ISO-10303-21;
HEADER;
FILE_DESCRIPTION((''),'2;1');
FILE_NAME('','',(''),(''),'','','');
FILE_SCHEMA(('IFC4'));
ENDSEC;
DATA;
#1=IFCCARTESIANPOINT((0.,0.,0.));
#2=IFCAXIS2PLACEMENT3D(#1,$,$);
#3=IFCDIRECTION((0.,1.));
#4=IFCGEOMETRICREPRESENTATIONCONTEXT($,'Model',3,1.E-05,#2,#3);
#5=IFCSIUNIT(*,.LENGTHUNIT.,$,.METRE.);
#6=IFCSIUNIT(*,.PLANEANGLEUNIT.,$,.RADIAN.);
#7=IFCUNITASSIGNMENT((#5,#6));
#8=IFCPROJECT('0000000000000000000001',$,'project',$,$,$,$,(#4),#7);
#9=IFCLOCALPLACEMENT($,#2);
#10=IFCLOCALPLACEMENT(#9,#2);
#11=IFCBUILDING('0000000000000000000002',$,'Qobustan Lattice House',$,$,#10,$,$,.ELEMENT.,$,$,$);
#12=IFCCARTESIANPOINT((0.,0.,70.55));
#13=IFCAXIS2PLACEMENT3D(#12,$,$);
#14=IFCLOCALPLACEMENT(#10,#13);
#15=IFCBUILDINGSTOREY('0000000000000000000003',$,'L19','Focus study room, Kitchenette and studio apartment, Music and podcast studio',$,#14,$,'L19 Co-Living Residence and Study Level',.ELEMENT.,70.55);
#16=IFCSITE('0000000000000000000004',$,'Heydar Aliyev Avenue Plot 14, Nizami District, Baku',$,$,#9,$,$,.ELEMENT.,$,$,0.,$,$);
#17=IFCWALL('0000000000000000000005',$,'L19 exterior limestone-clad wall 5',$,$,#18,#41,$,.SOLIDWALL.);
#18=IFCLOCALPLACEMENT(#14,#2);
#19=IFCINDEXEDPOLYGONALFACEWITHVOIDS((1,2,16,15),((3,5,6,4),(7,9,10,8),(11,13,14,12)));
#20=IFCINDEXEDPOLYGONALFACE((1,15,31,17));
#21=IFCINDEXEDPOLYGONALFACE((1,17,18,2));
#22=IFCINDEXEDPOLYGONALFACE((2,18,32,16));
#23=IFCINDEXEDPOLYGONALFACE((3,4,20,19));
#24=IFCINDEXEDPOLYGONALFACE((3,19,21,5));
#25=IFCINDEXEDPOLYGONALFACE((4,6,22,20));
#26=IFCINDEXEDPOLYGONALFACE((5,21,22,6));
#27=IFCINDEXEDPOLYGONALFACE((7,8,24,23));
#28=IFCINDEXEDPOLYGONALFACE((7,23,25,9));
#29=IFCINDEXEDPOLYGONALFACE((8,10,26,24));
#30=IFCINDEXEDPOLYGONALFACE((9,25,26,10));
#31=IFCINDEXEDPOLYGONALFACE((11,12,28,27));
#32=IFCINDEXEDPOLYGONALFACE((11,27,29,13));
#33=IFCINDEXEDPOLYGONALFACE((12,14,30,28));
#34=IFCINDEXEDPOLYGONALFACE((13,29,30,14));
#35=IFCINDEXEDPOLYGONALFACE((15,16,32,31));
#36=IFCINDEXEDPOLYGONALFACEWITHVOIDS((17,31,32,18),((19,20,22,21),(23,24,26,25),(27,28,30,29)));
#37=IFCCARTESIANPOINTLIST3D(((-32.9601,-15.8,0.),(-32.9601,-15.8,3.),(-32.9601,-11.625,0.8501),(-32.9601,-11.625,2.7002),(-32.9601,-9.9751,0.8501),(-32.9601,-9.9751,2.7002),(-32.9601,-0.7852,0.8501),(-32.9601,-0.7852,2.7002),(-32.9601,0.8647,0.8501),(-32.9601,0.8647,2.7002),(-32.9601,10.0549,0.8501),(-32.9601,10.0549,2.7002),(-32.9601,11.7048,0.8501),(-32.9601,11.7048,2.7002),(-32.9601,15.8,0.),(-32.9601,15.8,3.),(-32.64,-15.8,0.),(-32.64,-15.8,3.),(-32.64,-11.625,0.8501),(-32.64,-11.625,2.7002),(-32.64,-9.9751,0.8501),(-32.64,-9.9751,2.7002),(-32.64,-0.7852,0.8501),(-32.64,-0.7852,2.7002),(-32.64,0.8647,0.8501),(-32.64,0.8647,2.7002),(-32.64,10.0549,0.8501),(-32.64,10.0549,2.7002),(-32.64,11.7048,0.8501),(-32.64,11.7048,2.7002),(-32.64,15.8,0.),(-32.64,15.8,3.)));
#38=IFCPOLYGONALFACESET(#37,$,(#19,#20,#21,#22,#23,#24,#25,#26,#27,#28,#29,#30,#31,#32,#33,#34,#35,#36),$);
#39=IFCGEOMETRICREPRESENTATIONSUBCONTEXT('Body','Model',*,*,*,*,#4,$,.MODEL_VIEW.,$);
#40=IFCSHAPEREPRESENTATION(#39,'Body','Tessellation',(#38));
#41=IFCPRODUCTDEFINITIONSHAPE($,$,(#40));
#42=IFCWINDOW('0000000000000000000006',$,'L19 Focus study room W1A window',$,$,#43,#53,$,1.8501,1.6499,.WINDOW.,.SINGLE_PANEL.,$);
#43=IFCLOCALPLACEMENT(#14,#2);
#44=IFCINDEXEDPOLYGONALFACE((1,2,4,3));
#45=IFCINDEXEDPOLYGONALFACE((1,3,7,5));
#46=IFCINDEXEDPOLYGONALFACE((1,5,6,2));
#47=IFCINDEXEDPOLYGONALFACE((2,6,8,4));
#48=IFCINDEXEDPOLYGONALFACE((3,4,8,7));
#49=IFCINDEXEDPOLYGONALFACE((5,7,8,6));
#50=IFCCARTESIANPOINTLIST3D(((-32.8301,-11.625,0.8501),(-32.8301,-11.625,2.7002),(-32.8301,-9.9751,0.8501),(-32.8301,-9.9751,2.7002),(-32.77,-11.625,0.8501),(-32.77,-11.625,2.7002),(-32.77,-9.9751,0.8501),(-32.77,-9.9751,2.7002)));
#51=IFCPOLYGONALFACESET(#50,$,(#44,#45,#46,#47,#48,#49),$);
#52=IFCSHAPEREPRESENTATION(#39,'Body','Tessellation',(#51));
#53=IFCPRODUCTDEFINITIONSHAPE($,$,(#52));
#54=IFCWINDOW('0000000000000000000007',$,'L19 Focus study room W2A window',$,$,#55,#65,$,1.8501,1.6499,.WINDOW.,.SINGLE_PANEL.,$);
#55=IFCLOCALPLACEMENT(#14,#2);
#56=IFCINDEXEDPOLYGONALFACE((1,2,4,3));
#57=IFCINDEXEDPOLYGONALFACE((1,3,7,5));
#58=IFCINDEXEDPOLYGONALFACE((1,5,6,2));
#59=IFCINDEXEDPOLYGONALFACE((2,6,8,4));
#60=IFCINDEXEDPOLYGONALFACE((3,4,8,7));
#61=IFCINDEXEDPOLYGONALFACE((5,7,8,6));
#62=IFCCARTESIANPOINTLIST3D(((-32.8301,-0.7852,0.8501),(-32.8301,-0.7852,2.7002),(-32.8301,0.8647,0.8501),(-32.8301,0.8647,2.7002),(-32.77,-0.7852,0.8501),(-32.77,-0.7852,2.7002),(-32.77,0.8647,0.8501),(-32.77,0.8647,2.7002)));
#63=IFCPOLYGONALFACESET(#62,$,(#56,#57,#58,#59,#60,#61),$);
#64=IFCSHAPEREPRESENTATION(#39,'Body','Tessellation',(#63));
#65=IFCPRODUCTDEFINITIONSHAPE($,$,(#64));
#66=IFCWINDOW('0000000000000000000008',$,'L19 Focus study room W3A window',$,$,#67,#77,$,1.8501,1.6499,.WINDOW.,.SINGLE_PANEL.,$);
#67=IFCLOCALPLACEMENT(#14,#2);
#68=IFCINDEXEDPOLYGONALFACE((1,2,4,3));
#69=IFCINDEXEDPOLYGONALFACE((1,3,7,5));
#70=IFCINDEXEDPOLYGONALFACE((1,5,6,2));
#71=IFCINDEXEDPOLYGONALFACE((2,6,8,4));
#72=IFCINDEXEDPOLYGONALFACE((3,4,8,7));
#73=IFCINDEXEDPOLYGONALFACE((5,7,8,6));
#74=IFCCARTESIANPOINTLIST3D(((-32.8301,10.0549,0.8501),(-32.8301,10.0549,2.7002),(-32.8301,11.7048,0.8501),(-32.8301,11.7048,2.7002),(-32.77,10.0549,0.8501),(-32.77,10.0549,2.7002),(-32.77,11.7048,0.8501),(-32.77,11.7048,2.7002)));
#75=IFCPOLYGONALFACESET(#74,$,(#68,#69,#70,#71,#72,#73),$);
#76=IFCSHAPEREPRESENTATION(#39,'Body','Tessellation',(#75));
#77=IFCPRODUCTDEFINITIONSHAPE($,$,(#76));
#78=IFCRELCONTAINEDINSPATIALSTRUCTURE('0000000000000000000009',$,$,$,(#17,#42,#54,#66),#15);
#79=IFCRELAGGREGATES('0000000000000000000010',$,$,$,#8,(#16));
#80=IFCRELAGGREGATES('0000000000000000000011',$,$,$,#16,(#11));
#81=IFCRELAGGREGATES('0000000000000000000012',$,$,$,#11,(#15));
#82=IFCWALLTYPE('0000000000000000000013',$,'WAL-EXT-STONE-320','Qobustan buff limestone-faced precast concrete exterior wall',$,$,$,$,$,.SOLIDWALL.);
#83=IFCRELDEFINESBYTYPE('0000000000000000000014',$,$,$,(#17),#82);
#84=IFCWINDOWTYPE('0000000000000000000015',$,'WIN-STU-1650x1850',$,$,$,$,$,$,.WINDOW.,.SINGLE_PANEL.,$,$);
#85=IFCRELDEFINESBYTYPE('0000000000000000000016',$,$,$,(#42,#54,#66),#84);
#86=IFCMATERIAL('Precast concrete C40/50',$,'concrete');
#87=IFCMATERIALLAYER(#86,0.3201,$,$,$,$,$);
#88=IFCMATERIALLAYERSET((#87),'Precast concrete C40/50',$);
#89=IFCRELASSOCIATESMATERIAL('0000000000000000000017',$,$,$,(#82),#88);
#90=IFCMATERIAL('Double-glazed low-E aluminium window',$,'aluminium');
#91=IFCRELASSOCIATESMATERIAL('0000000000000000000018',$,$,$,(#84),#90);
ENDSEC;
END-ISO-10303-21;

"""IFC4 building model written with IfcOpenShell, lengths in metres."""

from ifc_helpers import new_model, si_unit, direction, frame, frame_2d, origin, place, context, subcontext, project, spatial, rectangle, extrude, material, layer, layer_set, type_object, element, fill, save


model = new_model("IFC4")

# Units and contexts
model_context = context("Model", 3, precision=1e-05, world=origin(), true_north=direction((0.0, 1.0)))
body_context = subcontext(model_context, "Body", "Model", "MODEL_VIEW")
ifc_project = project(units=[si_unit("LENGTHUNIT", "METRE"), si_unit("PLANEANGLEUNIT", "RADIAN")], contexts=[model_context])

# Site, building, storey
site_placement = place(None, origin())
site = spatial("IfcSite", under=ifc_project, at=site_placement, Name="Heydar Aliyev Avenue Plot 14, Nizami District, Baku", CompositionType="ELEMENT", RefElevation=0.0)
building_placement = place(site_placement, origin())
building = spatial("IfcBuilding", under=site, at=building_placement, Name="Qobustan Lattice House", CompositionType="ELEMENT")
storey_placement = place(building_placement, frame((0.0, 0.0, 70.55)))
storey = spatial("IfcBuildingStorey", under=building, at=storey_placement, Name="L19", Description="Focus study room, Kitchenette and studio apartment, Music and podcast studio", LongName="L19 Co-Living Residence and Study Level", CompositionType="ELEMENT", Elevation=70.55)

# Shared definitions
ifc_material_1 = material(Name="Precast concrete C40/50", Category="concrete")
ifc_layer_1 = layer(ifc_material_1, 0.3201)
ifc_layer_set_1 = layer_set([ifc_layer_1], Name="Precast concrete C40/50")
wall_type = type_object("IfcWallType", Name="WAL-EXT-STONE-320", Description="Qobustan buff limestone-faced precast concrete exterior wall", PredefinedType="SOLIDWALL", material=ifc_layer_set_1)

# Wall, openings, windows
wall_1_placement = place(storey_placement, frame((-32.8, -15.8, 0.0), z_axis=(0.0, 0.0, 1.0), x_axis=(0.0, 1.0, 0.0)))
wall_1 = element("IfcWall", 1, at=wall_1_placement, inside=storey, type_object=wall_type, Name="L19 exterior limestone-clad wall 5", PredefinedType="SOLIDWALL", context=body_context, shape_type="SweptSolid", body=[
    extrude(rectangle(XDim=31.6001, YDim=0.3201, at=frame_2d((15.8, 0.0))), origin(), (0.0, 0.0, 1.0), 3.0),
])
opening_1_placement = place(wall_1_placement, frame((4.175, 0.0, 0.8501)))
opening_1 = element("IfcOpeningElement", 2, at=opening_1_placement, cuts=wall_1, PredefinedType="OPENING", context=body_context, shape_type="SweptSolid", body=[
    extrude(rectangle(XDim=1.6499, YDim=1.8501, at=frame_2d((0.825, 0.925))), frame((0.0, 0.1699, 0.0), z_axis=(0.0, -1.0, 0.0), x_axis=(1.0, 0.0, 0.0)), (0.0, 0.0, 1.0), 0.3401),
])
opening_2_placement = place(wall_1_placement, frame((15.0149, 0.0, 0.8501)))
opening_2 = element("IfcOpeningElement", 3, at=opening_2_placement, cuts=wall_1, PredefinedType="OPENING", context=body_context, shape_type="SweptSolid", body=[
    extrude(rectangle(XDim=1.6499, YDim=1.8501, at=frame_2d((0.825, 0.925))), frame((0.0, 0.1699, 0.0), z_axis=(0.0, -1.0, 0.0), x_axis=(1.0, 0.0, 0.0)), (0.0, 0.0, 1.0), 0.3401),
])
opening_3_placement = place(wall_1_placement, frame((25.855, 0.0, 0.8501)))
opening_3 = element("IfcOpeningElement", 4, at=opening_3_placement, cuts=wall_1, PredefinedType="OPENING", context=body_context, shape_type="SweptSolid", body=[
    extrude(rectangle(XDim=1.6499, YDim=1.8501, at=frame_2d((0.825, 0.925))), frame((0.0, 0.1699, 0.0), z_axis=(0.0, -1.0, 0.0), x_axis=(1.0, 0.0, 0.0)), (0.0, 0.0, 1.0), 0.3401),
])
ifc_material_2 = material(Name="Double-glazed low-E aluminium window", Category="aluminium")
window_type = type_object("IfcWindowType", Name="WIN-STU-1650x1850", PartitioningType="SINGLE_PANEL", PredefinedType="WINDOW", material=ifc_material_2)
window_1_placement = place(opening_1_placement, origin())
window_1 = element("IfcWindow", 5, at=window_1_placement, inside=storey, type_object=window_type, Name="L19 Focus study room W1A window", OverallHeight=1.8501, OverallWidth=1.6499, PartitioningType="SINGLE_PANEL", PredefinedType="WINDOW", context=body_context, shape_type="SweptSolid", body=[
    extrude(rectangle(XDim=1.6499, YDim=1.8501, at=frame_2d((0.825, 0.925))), frame((0.0, 0.03, 0.0), z_axis=(0.0, -1.0, 0.0), x_axis=(1.0, 0.0, 0.0)), (0.0, 0.0, 1.0), 0.0601),
])
fill(opening_1, window_1)
window_2_placement = place(opening_2_placement, origin())
window_2 = element("IfcWindow", 6, at=window_2_placement, inside=storey, type_object=window_type, Name="L19 Focus study room W2A window", OverallHeight=1.8501, OverallWidth=1.6499, PartitioningType="SINGLE_PANEL", PredefinedType="WINDOW", context=body_context, shape_type="SweptSolid", body=[
    extrude(rectangle(XDim=1.6499, YDim=1.8501, at=frame_2d((0.825, 0.925))), frame((0.0, 0.03, 0.0), z_axis=(0.0, -1.0, 0.0), x_axis=(1.0, 0.0, 0.0)), (0.0, 0.0, 1.0), 0.0601),
])
fill(opening_2, window_2)
window_3_placement = place(opening_3_placement, origin())
window_3 = element("IfcWindow", 7, at=window_3_placement, inside=storey, type_object=window_type, Name="L19 Focus study room W3A window", OverallHeight=1.8501, OverallWidth=1.6499, PartitioningType="SINGLE_PANEL", PredefinedType="WINDOW", context=body_context, shape_type="SweptSolid", body=[
    extrude(rectangle(XDim=1.6499, YDim=1.8501, at=frame_2d((0.825, 0.925))), frame((0.0, 0.03, 0.0), z_axis=(0.0, -1.0, 0.0), x_axis=(1.0, 0.0, 0.0)), (0.0, 0.0, 1.0), 0.0601),
])
fill(opening_3, window_3)

save(model, "model.ifc")
